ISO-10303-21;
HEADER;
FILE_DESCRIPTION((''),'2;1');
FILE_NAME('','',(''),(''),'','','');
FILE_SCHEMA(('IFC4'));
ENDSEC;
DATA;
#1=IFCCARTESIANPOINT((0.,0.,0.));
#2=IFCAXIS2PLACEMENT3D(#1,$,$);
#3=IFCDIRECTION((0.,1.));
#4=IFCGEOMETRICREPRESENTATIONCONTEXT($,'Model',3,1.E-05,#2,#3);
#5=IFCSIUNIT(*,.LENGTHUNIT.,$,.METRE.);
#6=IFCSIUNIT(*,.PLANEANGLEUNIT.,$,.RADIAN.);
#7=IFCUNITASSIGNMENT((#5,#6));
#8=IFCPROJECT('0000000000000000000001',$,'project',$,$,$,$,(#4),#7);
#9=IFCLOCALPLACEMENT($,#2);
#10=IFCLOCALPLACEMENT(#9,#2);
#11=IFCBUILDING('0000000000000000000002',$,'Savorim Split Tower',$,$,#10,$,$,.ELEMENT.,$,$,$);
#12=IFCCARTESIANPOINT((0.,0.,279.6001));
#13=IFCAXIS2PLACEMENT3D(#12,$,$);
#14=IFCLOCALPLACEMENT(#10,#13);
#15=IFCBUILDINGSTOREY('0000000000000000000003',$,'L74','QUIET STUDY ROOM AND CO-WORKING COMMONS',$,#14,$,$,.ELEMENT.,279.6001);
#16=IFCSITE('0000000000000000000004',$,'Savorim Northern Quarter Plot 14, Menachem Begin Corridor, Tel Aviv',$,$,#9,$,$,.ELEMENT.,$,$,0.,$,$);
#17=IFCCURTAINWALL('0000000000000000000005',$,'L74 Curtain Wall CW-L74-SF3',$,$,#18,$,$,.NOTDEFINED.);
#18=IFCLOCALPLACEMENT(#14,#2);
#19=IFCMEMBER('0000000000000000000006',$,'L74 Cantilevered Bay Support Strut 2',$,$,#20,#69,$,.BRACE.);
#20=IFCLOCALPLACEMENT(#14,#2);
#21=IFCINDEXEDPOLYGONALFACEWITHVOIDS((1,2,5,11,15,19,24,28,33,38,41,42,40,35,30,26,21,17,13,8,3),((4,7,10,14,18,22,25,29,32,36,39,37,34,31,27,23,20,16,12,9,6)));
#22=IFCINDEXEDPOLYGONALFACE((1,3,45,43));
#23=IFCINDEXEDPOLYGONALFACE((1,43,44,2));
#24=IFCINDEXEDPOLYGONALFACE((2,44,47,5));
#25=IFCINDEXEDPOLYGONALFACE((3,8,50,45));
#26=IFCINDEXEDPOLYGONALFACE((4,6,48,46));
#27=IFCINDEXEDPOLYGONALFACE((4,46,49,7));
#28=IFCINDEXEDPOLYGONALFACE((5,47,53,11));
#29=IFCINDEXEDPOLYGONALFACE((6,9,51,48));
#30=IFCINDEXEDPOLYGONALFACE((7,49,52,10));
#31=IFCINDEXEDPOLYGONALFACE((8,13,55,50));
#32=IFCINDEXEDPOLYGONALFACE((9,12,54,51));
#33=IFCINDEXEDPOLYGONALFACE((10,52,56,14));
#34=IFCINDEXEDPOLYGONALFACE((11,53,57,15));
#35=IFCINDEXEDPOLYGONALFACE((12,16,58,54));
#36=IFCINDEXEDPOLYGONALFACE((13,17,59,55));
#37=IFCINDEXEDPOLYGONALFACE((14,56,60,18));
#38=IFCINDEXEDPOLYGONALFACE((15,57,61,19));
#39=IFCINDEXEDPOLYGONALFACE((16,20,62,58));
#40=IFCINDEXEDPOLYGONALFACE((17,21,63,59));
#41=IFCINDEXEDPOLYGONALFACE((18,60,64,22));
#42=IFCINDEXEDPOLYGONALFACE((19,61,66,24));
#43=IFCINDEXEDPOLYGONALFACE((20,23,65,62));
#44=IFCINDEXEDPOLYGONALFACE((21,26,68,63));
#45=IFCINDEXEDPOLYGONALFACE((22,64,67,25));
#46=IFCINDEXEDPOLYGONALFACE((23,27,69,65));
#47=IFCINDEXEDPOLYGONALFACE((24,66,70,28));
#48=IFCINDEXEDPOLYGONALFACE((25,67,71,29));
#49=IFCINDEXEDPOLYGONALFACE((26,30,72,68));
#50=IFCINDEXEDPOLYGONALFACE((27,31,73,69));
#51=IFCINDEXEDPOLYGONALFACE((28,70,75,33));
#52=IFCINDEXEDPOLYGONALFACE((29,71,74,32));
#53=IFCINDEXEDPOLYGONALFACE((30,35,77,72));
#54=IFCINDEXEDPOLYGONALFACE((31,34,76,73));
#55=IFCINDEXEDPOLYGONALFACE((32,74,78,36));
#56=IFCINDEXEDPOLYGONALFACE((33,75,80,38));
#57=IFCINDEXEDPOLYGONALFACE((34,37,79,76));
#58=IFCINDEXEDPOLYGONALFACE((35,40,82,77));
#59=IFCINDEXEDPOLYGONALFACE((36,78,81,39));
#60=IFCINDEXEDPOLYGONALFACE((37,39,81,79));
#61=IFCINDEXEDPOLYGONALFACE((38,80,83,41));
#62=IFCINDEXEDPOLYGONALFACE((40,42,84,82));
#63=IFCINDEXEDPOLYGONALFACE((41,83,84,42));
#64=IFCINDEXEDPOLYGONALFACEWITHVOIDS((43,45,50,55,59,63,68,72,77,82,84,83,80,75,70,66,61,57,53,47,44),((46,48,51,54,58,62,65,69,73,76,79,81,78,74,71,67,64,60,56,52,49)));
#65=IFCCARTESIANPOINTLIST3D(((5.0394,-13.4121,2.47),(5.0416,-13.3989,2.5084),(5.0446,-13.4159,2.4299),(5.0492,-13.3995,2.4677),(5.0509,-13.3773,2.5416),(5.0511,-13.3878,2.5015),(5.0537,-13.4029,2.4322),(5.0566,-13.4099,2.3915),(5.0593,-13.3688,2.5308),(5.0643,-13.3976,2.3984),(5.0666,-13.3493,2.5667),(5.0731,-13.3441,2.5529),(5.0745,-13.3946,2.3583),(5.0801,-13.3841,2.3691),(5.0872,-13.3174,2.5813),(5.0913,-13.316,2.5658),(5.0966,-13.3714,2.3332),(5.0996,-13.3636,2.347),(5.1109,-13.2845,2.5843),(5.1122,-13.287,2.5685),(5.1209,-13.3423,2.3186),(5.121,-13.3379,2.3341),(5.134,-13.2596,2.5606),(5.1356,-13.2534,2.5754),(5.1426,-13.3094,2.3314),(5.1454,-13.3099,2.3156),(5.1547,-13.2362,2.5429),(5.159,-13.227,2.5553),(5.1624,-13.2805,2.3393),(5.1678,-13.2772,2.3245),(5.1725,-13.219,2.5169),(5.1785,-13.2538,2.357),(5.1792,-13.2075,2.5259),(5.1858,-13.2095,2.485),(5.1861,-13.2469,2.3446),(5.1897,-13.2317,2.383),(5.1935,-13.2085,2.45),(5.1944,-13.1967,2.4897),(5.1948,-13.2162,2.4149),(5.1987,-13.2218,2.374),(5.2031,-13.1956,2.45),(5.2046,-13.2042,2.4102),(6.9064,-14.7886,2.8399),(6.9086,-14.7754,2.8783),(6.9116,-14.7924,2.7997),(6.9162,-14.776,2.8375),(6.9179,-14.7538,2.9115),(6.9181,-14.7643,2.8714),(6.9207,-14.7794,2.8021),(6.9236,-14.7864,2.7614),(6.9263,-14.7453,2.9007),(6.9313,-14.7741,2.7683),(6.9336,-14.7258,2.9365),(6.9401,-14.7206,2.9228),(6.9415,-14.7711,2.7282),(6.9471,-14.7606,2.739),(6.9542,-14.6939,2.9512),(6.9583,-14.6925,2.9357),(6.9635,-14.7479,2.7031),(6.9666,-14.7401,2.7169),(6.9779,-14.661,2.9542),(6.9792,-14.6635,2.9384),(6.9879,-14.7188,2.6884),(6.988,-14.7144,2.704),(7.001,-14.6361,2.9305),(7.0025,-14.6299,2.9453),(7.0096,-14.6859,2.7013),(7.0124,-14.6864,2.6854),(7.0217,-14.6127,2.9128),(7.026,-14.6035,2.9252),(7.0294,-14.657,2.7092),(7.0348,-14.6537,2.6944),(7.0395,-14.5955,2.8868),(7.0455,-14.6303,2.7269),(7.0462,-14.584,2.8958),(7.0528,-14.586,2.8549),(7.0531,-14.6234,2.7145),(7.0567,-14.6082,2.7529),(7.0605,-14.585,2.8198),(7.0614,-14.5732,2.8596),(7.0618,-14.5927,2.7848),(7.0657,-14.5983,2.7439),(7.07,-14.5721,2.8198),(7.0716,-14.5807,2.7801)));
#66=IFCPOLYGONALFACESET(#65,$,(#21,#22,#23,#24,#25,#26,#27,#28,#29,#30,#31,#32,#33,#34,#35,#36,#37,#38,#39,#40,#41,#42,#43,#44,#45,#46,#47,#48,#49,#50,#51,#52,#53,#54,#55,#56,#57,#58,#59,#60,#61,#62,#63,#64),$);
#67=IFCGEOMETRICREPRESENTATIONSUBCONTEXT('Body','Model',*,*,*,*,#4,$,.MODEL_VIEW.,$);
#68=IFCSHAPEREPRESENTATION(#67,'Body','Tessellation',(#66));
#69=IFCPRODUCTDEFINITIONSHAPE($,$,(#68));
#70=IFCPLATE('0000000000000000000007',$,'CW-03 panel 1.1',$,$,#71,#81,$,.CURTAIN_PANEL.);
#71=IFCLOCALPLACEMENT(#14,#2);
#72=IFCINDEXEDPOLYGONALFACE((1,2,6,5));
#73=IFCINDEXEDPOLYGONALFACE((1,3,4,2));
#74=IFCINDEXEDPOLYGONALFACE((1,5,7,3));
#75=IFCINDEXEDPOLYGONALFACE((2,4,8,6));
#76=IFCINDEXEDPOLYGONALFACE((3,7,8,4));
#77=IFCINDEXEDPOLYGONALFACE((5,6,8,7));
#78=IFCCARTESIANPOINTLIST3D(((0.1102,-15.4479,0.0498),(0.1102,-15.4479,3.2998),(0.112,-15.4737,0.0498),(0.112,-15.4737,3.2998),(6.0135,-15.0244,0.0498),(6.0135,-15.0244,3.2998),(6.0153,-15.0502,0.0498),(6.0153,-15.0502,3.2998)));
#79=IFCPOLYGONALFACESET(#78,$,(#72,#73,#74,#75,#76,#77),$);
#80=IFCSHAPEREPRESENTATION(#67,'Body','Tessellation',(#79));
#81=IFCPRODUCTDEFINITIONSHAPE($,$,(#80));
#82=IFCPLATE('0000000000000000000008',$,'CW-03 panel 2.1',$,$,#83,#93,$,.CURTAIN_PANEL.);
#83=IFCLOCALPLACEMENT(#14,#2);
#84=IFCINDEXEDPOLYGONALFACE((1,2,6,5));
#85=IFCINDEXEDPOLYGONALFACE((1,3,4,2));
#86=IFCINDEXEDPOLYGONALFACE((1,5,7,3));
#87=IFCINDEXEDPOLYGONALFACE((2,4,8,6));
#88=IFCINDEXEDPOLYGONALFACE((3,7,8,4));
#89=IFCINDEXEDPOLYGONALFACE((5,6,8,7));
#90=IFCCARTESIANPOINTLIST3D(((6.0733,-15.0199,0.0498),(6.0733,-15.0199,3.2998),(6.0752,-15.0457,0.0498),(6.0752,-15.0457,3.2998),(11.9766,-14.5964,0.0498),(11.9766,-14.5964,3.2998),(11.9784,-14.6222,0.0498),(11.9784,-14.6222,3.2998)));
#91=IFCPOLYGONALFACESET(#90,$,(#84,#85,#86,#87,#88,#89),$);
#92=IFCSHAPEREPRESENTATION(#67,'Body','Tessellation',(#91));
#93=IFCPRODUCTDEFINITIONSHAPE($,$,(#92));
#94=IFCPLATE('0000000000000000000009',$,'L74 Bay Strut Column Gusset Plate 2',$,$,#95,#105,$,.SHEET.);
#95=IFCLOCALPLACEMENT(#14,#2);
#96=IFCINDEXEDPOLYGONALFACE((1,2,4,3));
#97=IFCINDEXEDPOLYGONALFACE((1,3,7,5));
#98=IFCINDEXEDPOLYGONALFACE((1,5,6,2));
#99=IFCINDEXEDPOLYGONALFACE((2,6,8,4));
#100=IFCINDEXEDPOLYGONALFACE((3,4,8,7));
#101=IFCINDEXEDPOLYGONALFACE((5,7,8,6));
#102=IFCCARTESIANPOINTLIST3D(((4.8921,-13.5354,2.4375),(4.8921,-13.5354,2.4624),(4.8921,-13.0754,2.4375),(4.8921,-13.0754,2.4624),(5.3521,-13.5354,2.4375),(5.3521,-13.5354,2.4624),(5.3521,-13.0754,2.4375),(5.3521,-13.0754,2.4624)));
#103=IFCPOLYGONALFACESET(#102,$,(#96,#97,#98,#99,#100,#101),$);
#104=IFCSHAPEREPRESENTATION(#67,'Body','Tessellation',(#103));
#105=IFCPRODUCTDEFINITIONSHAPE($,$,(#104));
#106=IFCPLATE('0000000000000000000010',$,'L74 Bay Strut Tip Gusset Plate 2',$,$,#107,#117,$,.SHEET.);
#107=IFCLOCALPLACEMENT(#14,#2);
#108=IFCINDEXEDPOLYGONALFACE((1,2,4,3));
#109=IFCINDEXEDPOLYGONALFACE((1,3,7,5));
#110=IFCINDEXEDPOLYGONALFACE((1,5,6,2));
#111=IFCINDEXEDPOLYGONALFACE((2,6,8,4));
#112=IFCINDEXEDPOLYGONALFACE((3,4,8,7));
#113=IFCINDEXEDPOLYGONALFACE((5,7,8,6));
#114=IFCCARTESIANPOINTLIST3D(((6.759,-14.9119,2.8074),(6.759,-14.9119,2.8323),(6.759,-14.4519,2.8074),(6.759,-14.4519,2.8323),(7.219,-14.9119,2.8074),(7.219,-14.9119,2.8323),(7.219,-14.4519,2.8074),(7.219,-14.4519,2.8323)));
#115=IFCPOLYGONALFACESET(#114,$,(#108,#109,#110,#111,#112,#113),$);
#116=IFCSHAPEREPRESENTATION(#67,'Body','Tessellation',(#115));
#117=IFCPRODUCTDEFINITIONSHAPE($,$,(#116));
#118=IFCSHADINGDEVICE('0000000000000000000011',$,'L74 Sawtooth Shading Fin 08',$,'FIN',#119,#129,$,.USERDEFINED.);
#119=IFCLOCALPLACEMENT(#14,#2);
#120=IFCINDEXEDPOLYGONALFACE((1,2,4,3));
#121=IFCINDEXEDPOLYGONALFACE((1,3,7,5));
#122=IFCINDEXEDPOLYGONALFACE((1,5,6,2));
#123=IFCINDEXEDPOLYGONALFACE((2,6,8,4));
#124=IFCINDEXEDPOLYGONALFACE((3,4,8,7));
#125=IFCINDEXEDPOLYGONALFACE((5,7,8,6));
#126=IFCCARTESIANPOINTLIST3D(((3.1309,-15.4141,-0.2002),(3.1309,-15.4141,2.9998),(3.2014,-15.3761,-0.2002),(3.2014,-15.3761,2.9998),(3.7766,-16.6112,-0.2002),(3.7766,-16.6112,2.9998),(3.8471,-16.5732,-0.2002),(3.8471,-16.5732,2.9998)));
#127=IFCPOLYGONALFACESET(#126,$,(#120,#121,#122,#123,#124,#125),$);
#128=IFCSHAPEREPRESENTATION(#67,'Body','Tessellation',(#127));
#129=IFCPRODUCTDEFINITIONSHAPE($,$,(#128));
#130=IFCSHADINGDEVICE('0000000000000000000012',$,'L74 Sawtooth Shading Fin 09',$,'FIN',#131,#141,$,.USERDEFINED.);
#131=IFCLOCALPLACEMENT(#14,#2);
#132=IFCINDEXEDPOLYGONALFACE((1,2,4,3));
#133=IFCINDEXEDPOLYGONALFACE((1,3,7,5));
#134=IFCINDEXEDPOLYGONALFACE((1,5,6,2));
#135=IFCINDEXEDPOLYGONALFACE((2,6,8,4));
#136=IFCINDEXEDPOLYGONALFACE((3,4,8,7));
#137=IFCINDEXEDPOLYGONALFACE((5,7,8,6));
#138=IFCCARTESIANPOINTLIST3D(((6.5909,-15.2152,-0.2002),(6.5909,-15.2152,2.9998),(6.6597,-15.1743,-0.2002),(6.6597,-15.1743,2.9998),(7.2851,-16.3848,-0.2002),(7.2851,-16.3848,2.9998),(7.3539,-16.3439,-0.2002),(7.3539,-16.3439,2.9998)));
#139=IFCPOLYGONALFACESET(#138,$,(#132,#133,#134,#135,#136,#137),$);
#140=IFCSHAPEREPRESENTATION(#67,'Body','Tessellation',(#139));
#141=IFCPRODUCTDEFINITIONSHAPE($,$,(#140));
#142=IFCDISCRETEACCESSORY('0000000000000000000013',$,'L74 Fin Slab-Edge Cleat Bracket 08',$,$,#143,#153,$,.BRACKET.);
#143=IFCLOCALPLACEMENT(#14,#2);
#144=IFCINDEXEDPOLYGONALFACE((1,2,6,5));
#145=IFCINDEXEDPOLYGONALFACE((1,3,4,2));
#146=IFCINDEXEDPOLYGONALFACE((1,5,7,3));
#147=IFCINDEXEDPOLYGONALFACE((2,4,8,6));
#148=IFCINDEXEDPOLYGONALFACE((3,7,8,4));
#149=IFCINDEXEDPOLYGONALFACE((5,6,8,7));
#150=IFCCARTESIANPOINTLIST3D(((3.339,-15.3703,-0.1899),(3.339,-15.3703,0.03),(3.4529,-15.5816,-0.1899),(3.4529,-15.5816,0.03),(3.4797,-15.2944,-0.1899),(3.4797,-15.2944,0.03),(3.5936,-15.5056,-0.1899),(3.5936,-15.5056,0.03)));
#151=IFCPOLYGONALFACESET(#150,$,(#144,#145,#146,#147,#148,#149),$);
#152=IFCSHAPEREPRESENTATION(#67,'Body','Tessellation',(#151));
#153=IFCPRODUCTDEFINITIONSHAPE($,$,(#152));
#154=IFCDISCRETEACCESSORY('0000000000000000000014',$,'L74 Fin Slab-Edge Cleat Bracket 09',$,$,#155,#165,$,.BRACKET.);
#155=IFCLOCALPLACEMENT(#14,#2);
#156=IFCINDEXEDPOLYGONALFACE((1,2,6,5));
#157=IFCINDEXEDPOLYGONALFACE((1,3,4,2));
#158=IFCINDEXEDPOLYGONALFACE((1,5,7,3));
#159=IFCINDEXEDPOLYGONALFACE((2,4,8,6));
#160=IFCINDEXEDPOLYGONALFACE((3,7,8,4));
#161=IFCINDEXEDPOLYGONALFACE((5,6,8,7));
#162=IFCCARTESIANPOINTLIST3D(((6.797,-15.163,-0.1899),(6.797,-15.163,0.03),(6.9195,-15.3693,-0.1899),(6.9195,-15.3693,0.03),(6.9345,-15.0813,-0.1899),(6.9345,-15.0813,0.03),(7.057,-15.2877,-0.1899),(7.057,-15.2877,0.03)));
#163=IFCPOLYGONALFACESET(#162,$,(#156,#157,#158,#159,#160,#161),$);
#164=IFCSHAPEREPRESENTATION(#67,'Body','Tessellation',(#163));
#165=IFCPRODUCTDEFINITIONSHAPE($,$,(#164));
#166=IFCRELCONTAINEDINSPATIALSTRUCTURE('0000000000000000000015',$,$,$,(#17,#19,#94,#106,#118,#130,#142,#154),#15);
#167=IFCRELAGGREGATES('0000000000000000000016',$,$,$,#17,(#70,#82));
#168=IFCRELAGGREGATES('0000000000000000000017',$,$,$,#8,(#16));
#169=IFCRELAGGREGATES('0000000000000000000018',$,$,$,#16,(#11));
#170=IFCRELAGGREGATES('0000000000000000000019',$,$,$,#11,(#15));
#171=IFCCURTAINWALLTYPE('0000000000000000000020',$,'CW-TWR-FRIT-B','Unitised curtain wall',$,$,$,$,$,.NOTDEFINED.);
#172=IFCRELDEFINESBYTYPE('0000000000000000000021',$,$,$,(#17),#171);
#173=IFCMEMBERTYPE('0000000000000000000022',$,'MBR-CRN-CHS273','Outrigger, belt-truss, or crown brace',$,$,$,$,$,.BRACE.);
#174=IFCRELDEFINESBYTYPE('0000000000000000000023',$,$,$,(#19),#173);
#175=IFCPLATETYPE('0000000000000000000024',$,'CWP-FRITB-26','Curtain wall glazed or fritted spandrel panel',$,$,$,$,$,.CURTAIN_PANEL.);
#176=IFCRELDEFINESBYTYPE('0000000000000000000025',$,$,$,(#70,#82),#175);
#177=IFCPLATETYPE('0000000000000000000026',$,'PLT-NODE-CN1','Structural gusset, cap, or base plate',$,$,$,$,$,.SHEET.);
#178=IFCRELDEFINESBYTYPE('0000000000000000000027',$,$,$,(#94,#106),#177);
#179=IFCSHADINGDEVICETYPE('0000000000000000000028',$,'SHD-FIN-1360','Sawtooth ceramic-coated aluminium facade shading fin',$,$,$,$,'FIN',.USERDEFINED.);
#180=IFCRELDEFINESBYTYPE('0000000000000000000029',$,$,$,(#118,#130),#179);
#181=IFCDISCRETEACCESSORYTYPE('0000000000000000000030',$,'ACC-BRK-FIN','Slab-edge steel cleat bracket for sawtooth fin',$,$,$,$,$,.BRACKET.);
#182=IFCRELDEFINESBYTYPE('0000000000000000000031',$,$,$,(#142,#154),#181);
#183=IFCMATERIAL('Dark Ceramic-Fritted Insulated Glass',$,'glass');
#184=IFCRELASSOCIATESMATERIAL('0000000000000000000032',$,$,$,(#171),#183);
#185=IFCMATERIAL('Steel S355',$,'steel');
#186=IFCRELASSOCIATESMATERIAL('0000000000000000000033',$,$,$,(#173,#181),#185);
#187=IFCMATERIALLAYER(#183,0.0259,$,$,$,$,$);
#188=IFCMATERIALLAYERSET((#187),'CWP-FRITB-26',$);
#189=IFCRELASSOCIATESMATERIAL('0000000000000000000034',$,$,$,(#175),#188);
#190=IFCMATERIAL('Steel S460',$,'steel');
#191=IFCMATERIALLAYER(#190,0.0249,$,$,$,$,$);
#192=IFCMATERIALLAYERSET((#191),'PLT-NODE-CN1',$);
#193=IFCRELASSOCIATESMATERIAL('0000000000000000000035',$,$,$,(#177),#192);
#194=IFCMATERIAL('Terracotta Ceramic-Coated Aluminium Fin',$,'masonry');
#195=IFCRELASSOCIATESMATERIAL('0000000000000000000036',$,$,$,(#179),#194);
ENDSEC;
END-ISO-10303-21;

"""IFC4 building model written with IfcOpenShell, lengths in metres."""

from ifc_helpers import new_model, si_unit, direction, frame, origin, origin_2d, place, context, subcontext, project, spatial, rectangle, hollow_circle, extrude, material, layer, layer_set, material_profile, profile_set, type_object, element, aggregate, save


model = new_model("IFC4")

# Units and contexts
model_context = context("Model", 3, precision=1e-05, world=origin(), true_north=direction((0.0, 1.0)))
body_context = subcontext(model_context, "Body", "Model", "MODEL_VIEW")
ifc_project = project(units=[si_unit("LENGTHUNIT", "METRE"), si_unit("PLANEANGLEUNIT", "RADIAN")], contexts=[model_context])

# Site, building, storey
site_placement = place(None, origin())
site = spatial("IfcSite", under=ifc_project, at=site_placement, Name="Savorim Northern Quarter Plot 14, Menachem Begin Corridor, Tel Aviv", CompositionType="ELEMENT", RefElevation=0.0)
building_placement = place(site_placement, origin())
building = spatial("IfcBuilding", under=site, at=building_placement, Name="Savorim Split Tower", CompositionType="ELEMENT")
storey_placement = place(building_placement, frame((0.0, 0.0, 279.6001)))
storey = spatial("IfcBuildingStorey", under=building, at=storey_placement, Name="L74", Description="QUIET STUDY ROOM AND CO-WORKING COMMONS", CompositionType="ELEMENT", Elevation=279.6001)

# Shared definitions
ifc_material_1 = material(Name="Steel S355", Category="steel")

# Curtain wall
ifc_material_2 = material(Name="Dark Ceramic-Fritted Insulated Glass", Category="glass")
curtain_wall_type = type_object("IfcCurtainWallType", Name="CW-TWR-FRIT-B", Description="Unitised curtain wall", PredefinedType="NOTDEFINED", material=ifc_material_2)
curtain_wall_placement = place(storey_placement, origin())
curtain_wall = element("IfcCurtainWall", 1, at=curtain_wall_placement, inside=storey, type_object=curtain_wall_type, Name="L74 Curtain Wall CW-L74-SF3", PredefinedType="NOTDEFINED")

# Member
ifc_material_profile_1 = material_profile(ifc_material_1, hollow_circle(Radius=0.1365, WallThickness=0.0161, at=origin_2d()), Name="CHS 273x16")
ifc_profile_set_1 = profile_set([ifc_material_profile_1], Name="Steel S355")
member_type_1 = type_object("IfcMemberType", Name="MBR-CRN-CHS273", Description="Outrigger, belt-truss, or crown brace", PredefinedType="BRACE", material=ifc_profile_set_1)
member_1_placement = place(storey_placement, frame((5.1221, -13.3054, 2.45), z_axis=(0.794844, -0.586025, 0.157472), x_axis=(0.593429, 0.804886, 0.0)))
element("IfcMember", 2, at=member_1_placement, inside=storey, type_object=member_type_1, Name="L74 Cantilevered Bay Support Strut 2", PredefinedType="BRACE", context=body_context, shape_type="SweptSolid", body=[
    extrude(hollow_circle(Radius=0.1365, WallThickness=0.0161, at=origin_2d()), origin(), (0.0, 0.0, 1.0), 2.3489),
])

# Plates
ifc_layer_1 = layer(ifc_material_2, 0.0259)
ifc_layer_set_1 = layer_set([ifc_layer_1], Name="CWP-FRITB-26")
plate_type_1 = type_object("IfcPlateType", Name="CWP-FRITB-26", Description="Curtain wall glazed or fritted spandrel panel", PredefinedType="CURTAIN_PANEL", material=ifc_layer_set_1)
plate_1_placement = place(storey_placement, frame((3.0627, -15.249, 0.0498), z_axis=(0.0, 0.0, 1.0), x_axis=(0.997436, 0.071558, 0.0)))
plate_1 = element("IfcPlate", 3, at=plate_1_placement, type_object=plate_type_1, Name="CW-03 panel 1.1", PredefinedType="CURTAIN_PANEL", context=body_context, shape_type="SweptSolid", body=[
    extrude(rectangle(XDim=5.9185, YDim=0.0259, at=origin_2d()), origin(), (0.0, 0.0, 1.0), 3.25),
])
plate_2_placement = place(storey_placement, frame((9.0259, -14.821, 0.0498), z_axis=(0.0, 0.0, 1.0), x_axis=(0.997436, 0.071558, 0.0)))
plate_2 = element("IfcPlate", 4, at=plate_2_placement, type_object=plate_type_1, Name="CW-03 panel 2.1", PredefinedType="CURTAIN_PANEL", context=body_context, shape_type="SweptSolid", body=[
    extrude(rectangle(XDim=5.9185, YDim=0.0259, at=origin_2d()), origin(), (0.0, 0.0, 1.0), 3.25),
])
aggregate(curtain_wall, [plate_1, plate_2])

# Plates
ifc_material_3 = material(Name="Steel S460", Category="steel")
ifc_layer_2 = layer(ifc_material_3, 0.0249)
ifc_layer_set_2 = layer_set([ifc_layer_2], Name="PLT-NODE-CN1")
plate_type_2 = type_object("IfcPlateType", Name="PLT-NODE-CN1", Description="Structural gusset, cap, or base plate", PredefinedType="SHEET", material=ifc_layer_set_2)
for number, where, z_axis, x_axis, name in (
    (5, (5.1221, -13.3054, 2.4375), (0.0, 0.0, 1.0), (1.0, 0.0, 0.0), "L74 Bay Strut Column Gusset Plate 2"),
    (6, (6.989, -14.6819, 2.8074), (0.0, 0.0, 1.0), (1.0, 0.0, 0.0), "L74 Bay Strut Tip Gusset Plate 2"),
):
    element("IfcPlate", number, at=place(storey_placement, frame(where, z_axis=z_axis, x_axis=x_axis)), inside=storey, type_object=plate_type_2, Name=name, PredefinedType="SHEET", context=body_context, shape_type="SweptSolid", body=[
        extrude(rectangle(XDim=0.46, YDim=0.46, at=origin_2d()), origin(), (0.0, 0.0, 1.0), 0.0249),
    ])

# Shading devices
ifc_material_4 = material(Name="Terracotta Ceramic-Coated Aluminium Fin", Category="masonry")
shading_device_type = type_object("IfcShadingDeviceType", Name="SHD-FIN-1360", Description="Sawtooth ceramic-coated aluminium facade shading fin", ElementType="FIN", PredefinedType="USERDEFINED", material=ifc_material_4)
for number, where, z_axis, x_axis, name in (
    (7, (3.489, -15.9937, -0.2002), (0.0, 0.0, 1.0), (0.474778, -0.880106, 0.0), "L74 Sawtooth Shading Fin 08"),
    (8, (6.9724, -15.7795, -0.2002), (0.0, 0.0, 1.0), (0.510391, -0.859942, 0.0), "L74 Sawtooth Shading Fin 09"),
):
    element("IfcShadingDevice", number, at=place(storey_placement, frame(where, z_axis=z_axis, x_axis=x_axis)), inside=storey, type_object=shading_device_type, Name=name, ObjectType="FIN", PredefinedType="USERDEFINED", context=body_context, shape_type="SweptSolid", body=[
        extrude(rectangle(XDim=1.3601, YDim=0.0801, at=origin_2d()), origin(), (0.0, 0.0, 1.0), 3.2),
    ])

# Discrete accessories
discrete_accessory_type = type_object("IfcDiscreteAccessoryType", Name="ACC-BRK-FIN", Description="Slab-edge steel cleat bracket for sawtooth fin", PredefinedType="BRACKET", material=ifc_material_1)
for number, where, z_axis, x_axis, name in (
    (9, (3.4663, -15.438, -0.1899), (0.0, 0.0, 1.0), (0.474778, -0.880106, 0.0), "L74 Fin Slab-Edge Cleat Bracket 08"),
    (10, (6.927, -15.2253, -0.1899), (0.0, 0.0, 1.0), (0.510391, -0.859942, 0.0), "L74 Fin Slab-Edge Cleat Bracket 09"),
):
    element("IfcDiscreteAccessory", number, at=place(storey_placement, frame(where, z_axis=z_axis, x_axis=x_axis)), inside=storey, type_object=discrete_accessory_type, Name=name, PredefinedType="BRACKET", context=body_context, shape_type="SweptSolid", body=[
        extrude(rectangle(XDim=0.24, YDim=0.1599, at=origin_2d()), origin(), (0.0, 0.0, 1.0), 0.22),
    ])

save(model, "model.ifc")
